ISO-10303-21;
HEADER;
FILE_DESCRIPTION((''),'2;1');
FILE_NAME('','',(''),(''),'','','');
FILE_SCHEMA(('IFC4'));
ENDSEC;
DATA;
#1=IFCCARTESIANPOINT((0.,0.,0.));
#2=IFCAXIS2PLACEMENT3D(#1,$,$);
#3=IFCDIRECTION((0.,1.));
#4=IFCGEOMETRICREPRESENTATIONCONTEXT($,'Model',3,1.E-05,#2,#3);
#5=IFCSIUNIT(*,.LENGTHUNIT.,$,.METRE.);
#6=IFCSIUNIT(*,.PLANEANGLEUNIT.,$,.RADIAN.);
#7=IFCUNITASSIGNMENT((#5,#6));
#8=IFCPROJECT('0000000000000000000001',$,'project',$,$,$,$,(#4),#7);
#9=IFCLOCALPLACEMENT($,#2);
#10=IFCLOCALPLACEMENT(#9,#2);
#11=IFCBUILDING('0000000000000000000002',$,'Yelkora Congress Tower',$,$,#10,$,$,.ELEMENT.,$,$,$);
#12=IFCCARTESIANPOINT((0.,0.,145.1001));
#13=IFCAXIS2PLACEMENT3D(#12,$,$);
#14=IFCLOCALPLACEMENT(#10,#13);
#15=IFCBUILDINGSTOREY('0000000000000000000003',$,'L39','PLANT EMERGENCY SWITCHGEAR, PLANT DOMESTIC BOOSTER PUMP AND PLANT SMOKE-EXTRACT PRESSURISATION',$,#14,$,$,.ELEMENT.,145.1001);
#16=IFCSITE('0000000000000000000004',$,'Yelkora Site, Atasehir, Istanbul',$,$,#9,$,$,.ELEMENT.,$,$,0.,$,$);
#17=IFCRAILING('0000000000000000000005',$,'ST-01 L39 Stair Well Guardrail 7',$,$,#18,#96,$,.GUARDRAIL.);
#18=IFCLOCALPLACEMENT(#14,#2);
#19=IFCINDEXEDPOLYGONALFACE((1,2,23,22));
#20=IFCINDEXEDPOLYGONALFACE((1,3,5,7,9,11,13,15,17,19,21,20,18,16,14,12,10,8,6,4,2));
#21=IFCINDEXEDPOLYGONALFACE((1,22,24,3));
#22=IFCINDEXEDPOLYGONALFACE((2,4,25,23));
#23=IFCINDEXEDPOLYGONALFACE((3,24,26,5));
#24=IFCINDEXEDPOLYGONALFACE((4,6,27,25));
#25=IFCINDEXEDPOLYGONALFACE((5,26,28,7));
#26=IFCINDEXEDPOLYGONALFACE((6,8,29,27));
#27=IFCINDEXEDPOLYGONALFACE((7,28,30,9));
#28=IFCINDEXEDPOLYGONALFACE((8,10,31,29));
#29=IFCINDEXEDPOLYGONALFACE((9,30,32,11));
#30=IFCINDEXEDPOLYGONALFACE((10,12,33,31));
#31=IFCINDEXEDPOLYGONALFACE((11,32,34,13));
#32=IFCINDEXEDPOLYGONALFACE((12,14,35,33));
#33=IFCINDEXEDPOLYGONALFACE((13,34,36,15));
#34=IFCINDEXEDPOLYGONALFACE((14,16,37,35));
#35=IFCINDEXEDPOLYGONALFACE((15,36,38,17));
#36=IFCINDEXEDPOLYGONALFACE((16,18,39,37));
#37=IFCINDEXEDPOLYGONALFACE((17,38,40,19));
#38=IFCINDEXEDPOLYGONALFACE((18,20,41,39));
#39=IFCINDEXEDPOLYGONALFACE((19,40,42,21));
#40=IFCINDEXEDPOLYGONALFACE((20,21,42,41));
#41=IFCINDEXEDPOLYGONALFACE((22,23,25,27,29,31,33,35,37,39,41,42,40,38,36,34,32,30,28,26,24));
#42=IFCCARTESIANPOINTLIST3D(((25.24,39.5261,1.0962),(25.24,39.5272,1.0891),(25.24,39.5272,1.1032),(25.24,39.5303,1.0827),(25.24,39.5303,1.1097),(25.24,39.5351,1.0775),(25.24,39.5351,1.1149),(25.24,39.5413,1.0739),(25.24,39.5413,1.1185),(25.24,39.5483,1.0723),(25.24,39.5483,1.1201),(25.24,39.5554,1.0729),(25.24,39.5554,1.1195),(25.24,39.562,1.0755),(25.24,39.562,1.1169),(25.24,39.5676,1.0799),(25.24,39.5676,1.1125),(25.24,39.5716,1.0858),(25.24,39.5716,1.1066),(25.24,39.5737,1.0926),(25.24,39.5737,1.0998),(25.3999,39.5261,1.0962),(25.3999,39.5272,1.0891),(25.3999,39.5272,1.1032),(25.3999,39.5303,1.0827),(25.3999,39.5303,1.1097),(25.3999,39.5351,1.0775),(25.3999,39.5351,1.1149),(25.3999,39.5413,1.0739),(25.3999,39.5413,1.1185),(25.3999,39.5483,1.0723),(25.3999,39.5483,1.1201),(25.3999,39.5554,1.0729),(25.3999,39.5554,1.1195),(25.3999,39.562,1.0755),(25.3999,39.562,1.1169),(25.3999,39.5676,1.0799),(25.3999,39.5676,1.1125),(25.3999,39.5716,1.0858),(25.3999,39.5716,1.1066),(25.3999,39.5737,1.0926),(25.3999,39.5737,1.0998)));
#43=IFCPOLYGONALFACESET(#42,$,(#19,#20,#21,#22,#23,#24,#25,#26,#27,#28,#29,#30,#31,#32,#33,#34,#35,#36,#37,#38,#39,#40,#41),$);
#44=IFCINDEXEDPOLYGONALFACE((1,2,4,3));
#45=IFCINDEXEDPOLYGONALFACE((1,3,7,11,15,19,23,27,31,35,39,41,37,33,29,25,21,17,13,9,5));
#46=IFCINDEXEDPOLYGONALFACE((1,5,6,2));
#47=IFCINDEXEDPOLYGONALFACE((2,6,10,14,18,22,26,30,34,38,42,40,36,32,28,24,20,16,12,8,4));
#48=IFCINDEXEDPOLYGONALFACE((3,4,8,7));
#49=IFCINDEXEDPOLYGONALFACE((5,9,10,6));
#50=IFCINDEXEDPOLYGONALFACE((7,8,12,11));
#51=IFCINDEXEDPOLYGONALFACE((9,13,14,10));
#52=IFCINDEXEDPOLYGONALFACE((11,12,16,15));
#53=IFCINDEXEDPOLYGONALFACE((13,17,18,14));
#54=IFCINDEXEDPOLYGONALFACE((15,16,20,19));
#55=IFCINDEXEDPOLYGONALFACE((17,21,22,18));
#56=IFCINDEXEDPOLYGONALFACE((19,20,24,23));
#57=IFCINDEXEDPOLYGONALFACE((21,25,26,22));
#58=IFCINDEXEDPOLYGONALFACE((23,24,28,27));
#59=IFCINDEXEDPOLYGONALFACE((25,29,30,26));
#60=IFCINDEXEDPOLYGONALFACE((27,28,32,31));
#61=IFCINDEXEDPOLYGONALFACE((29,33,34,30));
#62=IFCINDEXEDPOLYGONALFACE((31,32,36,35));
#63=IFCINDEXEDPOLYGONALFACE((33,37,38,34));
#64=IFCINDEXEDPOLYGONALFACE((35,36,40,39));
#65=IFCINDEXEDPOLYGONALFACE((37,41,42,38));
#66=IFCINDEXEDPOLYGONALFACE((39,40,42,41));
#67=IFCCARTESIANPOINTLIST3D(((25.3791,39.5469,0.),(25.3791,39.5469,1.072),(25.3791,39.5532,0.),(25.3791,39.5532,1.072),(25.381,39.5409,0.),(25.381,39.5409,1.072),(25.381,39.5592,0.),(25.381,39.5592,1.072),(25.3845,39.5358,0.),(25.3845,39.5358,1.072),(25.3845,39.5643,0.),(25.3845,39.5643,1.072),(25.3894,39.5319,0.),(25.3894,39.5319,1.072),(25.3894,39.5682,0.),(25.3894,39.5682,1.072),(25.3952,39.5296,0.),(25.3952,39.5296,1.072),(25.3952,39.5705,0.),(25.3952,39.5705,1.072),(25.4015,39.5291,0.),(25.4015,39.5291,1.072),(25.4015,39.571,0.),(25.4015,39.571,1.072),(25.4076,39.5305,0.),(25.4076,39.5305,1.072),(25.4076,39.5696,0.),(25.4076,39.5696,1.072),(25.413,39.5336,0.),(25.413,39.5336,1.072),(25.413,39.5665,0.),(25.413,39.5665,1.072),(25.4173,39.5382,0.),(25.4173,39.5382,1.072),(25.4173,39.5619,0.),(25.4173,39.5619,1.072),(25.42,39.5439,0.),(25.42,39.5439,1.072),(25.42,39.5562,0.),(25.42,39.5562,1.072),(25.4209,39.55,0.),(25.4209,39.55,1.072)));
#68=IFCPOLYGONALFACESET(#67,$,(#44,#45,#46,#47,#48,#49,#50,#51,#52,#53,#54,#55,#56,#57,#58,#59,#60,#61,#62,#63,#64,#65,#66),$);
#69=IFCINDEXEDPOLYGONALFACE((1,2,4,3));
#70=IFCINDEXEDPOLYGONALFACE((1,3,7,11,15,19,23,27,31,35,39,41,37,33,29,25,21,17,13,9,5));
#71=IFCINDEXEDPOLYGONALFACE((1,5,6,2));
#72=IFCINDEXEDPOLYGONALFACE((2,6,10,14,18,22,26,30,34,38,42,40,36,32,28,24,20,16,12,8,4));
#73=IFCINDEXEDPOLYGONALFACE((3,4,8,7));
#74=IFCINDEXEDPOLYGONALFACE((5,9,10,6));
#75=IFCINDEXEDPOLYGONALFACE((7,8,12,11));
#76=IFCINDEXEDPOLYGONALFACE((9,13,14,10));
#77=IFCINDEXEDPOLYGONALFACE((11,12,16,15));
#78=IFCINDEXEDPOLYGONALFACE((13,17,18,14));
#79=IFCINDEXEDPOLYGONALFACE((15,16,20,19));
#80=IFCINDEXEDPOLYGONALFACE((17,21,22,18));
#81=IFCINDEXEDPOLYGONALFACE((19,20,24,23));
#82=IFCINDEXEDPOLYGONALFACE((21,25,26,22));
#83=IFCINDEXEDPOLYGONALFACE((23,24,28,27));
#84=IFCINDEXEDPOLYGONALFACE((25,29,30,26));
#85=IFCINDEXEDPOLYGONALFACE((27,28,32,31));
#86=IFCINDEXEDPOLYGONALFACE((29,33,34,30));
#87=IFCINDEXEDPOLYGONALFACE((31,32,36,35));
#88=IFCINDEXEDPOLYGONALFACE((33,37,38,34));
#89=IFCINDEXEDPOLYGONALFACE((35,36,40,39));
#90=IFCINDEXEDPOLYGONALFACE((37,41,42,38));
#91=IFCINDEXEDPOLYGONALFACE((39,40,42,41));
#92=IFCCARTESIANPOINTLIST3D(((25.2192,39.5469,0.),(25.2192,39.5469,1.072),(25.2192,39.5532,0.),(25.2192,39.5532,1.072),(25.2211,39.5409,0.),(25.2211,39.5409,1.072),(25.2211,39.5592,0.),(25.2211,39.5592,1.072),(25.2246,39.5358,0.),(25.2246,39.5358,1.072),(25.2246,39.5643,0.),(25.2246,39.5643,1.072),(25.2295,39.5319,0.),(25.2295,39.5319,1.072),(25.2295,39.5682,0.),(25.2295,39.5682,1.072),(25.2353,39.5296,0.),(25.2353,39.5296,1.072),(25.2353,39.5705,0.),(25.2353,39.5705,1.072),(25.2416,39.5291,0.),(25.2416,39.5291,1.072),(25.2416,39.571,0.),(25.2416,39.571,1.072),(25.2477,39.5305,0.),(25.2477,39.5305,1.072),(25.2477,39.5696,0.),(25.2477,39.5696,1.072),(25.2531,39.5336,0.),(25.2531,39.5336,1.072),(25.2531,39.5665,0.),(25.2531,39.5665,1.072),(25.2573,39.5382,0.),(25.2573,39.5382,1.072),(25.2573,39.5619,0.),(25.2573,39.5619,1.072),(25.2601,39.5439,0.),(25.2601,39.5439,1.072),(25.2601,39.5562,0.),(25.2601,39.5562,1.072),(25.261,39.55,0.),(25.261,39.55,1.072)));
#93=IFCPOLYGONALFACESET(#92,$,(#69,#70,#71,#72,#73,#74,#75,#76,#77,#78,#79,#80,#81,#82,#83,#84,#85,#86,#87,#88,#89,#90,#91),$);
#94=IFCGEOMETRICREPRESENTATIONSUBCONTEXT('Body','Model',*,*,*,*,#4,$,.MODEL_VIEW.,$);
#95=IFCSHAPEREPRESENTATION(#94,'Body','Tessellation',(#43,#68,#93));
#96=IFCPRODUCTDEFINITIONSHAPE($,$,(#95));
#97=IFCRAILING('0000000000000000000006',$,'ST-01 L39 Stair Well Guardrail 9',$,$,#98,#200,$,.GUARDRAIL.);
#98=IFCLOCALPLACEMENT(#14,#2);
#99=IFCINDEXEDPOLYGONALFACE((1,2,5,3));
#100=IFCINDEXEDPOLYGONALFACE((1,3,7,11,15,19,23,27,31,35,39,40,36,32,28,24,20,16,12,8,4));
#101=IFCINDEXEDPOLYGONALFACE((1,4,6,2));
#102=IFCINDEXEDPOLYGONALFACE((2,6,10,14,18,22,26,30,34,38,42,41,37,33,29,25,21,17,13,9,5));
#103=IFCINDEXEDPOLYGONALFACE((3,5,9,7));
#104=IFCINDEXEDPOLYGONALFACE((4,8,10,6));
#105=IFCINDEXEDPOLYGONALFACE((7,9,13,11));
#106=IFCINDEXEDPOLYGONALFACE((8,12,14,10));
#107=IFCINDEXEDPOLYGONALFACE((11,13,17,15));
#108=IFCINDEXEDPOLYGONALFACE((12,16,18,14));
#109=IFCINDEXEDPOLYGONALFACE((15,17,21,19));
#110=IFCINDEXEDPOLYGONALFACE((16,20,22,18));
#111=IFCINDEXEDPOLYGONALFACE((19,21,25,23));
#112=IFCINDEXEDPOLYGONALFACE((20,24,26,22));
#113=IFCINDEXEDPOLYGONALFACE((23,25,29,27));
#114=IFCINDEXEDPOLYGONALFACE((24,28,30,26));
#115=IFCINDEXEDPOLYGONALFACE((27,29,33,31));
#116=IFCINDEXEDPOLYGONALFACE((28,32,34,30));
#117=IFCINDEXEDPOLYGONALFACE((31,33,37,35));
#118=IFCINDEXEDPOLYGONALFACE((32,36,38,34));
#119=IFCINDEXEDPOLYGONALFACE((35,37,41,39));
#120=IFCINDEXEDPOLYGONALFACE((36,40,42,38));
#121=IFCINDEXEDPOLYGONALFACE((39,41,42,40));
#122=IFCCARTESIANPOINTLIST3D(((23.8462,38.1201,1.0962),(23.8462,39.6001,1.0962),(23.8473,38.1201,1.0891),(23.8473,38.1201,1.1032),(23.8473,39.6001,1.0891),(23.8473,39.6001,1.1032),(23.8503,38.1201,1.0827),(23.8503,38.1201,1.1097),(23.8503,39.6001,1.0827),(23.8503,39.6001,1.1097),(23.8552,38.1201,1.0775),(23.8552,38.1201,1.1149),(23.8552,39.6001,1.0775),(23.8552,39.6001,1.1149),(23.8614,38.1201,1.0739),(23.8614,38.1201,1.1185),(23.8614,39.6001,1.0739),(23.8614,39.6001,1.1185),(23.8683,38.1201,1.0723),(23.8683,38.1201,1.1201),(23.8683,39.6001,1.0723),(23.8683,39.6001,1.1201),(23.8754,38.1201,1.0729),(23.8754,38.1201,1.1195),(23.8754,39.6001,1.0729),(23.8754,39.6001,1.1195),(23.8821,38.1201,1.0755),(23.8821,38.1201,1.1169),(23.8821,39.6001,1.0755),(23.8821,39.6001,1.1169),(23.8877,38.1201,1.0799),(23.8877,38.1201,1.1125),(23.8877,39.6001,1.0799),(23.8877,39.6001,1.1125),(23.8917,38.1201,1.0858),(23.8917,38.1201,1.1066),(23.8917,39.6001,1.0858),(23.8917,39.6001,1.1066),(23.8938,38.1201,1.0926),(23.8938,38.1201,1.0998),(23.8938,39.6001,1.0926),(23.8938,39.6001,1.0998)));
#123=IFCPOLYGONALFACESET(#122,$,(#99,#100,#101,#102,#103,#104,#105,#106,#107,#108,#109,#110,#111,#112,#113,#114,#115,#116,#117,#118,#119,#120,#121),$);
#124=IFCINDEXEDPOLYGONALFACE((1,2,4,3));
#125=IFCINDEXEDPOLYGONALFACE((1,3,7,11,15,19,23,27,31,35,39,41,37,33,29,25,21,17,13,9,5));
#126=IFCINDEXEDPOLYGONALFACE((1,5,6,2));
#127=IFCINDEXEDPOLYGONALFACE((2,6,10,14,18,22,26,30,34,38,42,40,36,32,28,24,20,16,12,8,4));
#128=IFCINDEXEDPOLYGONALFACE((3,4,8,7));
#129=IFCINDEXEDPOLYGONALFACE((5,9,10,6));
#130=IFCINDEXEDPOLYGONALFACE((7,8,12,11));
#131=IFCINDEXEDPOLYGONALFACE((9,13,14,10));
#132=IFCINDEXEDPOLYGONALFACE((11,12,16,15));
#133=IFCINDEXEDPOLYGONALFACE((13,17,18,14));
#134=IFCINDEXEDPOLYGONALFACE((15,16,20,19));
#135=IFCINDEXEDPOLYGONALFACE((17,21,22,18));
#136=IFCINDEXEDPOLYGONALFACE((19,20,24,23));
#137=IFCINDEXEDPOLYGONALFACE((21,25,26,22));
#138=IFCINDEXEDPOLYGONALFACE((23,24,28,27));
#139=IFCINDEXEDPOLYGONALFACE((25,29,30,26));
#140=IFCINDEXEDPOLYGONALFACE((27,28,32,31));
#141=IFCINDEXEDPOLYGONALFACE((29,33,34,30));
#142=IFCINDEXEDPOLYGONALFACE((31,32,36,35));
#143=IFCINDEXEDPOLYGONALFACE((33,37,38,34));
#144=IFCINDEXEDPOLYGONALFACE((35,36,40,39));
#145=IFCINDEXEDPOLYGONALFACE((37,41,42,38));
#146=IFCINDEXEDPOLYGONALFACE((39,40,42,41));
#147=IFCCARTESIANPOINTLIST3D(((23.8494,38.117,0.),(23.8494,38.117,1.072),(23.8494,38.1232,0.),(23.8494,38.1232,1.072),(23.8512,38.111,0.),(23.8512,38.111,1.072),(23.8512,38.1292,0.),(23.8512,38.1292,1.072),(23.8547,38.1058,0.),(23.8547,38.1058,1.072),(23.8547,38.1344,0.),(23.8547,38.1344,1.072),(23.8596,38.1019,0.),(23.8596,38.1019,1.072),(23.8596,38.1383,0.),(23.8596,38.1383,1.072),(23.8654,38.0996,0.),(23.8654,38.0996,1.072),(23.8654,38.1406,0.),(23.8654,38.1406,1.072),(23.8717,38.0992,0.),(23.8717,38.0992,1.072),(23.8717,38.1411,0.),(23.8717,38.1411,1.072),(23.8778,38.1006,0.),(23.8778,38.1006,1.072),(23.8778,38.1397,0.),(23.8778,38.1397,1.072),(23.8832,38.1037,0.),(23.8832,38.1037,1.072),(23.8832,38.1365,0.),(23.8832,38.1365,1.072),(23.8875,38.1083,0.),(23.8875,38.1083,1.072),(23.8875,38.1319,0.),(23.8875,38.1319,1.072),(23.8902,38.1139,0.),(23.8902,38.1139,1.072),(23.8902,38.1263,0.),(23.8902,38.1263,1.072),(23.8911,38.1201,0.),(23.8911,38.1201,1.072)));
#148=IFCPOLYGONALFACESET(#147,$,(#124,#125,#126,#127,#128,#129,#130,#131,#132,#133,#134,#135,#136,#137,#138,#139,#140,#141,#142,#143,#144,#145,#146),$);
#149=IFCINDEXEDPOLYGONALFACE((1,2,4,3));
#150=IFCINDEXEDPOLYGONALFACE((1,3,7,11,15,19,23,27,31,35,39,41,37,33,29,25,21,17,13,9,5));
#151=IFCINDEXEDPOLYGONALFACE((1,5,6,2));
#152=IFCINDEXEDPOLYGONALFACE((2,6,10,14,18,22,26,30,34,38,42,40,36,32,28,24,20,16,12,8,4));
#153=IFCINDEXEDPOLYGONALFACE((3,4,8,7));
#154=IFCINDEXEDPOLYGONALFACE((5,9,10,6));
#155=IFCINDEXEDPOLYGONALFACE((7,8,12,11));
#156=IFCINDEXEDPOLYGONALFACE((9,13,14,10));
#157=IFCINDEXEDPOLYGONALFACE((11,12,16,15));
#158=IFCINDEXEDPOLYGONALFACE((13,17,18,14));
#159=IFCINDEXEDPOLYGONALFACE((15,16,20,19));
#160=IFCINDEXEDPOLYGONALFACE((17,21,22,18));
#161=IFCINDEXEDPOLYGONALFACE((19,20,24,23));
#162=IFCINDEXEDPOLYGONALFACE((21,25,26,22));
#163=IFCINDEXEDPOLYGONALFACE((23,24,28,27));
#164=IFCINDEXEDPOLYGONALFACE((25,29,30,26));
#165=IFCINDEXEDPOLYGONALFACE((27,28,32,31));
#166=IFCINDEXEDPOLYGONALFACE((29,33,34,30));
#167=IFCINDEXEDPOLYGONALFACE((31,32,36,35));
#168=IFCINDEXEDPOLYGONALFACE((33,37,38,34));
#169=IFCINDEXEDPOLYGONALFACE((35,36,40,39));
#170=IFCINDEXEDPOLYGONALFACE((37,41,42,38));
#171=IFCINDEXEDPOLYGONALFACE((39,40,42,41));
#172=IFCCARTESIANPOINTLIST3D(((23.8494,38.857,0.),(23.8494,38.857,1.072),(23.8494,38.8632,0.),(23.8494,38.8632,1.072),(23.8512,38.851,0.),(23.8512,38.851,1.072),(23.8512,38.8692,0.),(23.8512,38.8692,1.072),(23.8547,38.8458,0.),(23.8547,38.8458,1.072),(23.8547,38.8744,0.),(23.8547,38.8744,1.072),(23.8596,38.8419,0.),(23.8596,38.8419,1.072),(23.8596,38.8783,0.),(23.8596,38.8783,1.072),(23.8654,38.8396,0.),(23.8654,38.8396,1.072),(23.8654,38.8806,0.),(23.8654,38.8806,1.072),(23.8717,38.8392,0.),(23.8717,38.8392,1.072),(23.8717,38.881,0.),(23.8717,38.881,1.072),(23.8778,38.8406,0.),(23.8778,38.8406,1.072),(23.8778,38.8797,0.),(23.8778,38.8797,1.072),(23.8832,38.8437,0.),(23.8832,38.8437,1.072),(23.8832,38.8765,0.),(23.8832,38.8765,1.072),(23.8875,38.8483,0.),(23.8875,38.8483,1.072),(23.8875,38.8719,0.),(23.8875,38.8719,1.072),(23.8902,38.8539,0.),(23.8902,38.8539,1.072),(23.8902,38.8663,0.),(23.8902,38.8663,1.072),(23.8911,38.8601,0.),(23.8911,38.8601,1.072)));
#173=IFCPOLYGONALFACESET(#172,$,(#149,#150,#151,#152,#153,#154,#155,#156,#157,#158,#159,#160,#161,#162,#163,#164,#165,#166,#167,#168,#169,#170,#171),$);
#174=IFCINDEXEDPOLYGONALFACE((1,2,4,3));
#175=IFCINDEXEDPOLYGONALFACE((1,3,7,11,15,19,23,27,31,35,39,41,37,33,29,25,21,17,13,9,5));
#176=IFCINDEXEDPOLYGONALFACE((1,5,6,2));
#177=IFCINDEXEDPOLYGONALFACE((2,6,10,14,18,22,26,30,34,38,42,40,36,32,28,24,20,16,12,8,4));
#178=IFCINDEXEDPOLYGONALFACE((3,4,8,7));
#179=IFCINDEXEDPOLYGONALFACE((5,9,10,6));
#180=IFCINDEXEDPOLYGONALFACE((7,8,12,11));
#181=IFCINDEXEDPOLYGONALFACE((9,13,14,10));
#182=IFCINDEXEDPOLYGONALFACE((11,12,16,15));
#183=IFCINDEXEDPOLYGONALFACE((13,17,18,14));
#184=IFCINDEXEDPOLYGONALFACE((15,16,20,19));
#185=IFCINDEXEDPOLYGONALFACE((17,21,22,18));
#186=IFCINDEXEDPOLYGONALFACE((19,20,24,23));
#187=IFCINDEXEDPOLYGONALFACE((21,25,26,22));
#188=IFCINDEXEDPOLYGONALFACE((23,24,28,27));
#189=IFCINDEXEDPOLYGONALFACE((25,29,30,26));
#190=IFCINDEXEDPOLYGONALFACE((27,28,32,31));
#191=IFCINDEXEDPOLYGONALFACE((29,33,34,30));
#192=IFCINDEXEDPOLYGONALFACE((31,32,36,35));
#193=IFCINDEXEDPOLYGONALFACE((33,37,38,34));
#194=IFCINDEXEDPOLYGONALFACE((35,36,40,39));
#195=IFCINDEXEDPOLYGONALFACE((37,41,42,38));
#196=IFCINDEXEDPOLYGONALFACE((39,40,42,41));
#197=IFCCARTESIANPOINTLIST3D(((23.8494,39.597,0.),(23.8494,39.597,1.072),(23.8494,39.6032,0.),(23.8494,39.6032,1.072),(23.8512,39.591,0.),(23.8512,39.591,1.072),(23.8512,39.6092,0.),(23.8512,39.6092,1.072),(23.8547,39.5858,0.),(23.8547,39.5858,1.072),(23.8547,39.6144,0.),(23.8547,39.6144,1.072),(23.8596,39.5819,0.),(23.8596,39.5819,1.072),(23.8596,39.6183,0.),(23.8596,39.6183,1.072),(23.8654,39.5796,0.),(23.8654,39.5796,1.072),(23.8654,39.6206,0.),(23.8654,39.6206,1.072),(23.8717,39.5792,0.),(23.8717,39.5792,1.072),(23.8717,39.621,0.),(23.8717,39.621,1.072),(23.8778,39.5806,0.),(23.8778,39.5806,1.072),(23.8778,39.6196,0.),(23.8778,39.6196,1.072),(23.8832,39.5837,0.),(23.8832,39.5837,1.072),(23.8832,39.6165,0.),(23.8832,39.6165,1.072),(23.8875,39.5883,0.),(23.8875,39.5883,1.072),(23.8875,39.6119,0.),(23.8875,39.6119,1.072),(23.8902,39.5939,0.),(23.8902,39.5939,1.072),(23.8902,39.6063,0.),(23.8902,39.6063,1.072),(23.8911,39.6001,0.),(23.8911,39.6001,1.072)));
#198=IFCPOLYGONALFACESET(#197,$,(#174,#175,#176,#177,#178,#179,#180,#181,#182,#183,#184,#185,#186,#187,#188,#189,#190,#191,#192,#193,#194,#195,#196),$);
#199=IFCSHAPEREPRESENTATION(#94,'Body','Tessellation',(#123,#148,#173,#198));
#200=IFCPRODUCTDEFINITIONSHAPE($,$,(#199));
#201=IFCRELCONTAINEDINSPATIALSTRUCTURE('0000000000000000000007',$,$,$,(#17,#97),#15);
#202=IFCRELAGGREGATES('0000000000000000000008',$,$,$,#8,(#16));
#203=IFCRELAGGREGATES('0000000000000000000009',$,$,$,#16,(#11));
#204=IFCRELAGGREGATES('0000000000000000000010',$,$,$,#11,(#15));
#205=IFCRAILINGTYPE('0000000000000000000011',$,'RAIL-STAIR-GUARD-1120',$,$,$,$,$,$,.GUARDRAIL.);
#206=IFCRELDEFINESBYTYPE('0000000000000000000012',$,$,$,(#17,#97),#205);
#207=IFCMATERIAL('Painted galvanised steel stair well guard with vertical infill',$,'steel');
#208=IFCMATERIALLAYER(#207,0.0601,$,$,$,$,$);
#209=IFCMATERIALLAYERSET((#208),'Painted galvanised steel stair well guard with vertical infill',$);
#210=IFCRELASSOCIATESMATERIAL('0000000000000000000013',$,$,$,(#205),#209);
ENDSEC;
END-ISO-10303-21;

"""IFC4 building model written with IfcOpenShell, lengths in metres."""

from ifc_helpers import new_model, si_unit, direction, frame, origin, origin_2d, place, context, subcontext, project, spatial, circle, extrude, material, layer, layer_set, type_object, element, save


model = new_model("IFC4")

# Units and contexts
model_context = context("Model", 3, precision=1e-05, world=origin(), true_north=direction((0.0, 1.0)))
body_context = subcontext(model_context, "Body", "Model", "MODEL_VIEW")
ifc_project = project(units=[si_unit("LENGTHUNIT", "METRE"), si_unit("PLANEANGLEUNIT", "RADIAN")], contexts=[model_context])

# Site, building, storey
site_placement = place(None, origin())
site = spatial("IfcSite", under=ifc_project, at=site_placement, Name="Yelkora Site, Atasehir, Istanbul", CompositionType="ELEMENT", RefElevation=0.0)
building_placement = place(site_placement, origin())
building = spatial("IfcBuilding", under=site, at=building_placement, Name="Yelkora Congress Tower", CompositionType="ELEMENT")
storey_placement = place(building_placement, frame((0.0, 0.0, 145.1001)))
storey = spatial("IfcBuildingStorey", under=building, at=storey_placement, Name="L39", Description="PLANT EMERGENCY SWITCHGEAR, PLANT DOMESTIC BOOSTER PUMP AND PLANT SMOKE-EXTRACT PRESSURISATION", CompositionType="ELEMENT", Elevation=145.1001)

# Railings
ifc_material_1 = material(Name="Painted galvanised steel stair well guard with vertical infill", Category="steel")
ifc_layer_1 = layer(ifc_material_1, 0.0601)
ifc_layer_set_1 = layer_set([ifc_layer_1], Name="Painted galvanised steel stair well guard with vertical infill")
railing_type_1 = type_object("IfcRailingType", Name="RAIL-STAIR-GUARD-1120", PredefinedType="GUARDRAIL", material=ifc_layer_set_1)
railing_1_placement = place(storey_placement, frame((25.3999, 39.55, 0.0)))
element("IfcRailing", 1, at=railing_1_placement, inside=storey, type_object=railing_type_1, Name="ST-01 L39 Stair Well Guardrail 7", PredefinedType="GUARDRAIL", context=body_context, shape_type="SweptSolid", body=[
    extrude(circle(Radius=0.0239, at=origin_2d()), frame((0.0, 0.0, 1.0962), z_axis=(-1.0, 0.0, 0.0), x_axis=(0.0, -1.0, 0.0)), (0.0, 0.0, 1.0), 0.1599),
    extrude(circle(Radius=0.021, at=origin_2d()), origin(), (0.0, 0.0, 1.0), 1.072),
    extrude(circle(Radius=0.021, at=origin_2d()), frame((-0.1599, 0.0, 0.0)), (0.0, 0.0, 1.0), 1.072),
])
railing_2_placement = place(storey_placement, frame((23.8701, 38.1201, 0.0)))
element("IfcRailing", 2, at=railing_2_placement, inside=storey, type_object=railing_type_1, Name="ST-01 L39 Stair Well Guardrail 9", PredefinedType="GUARDRAIL", context=body_context, shape_type="SweptSolid", body=[
    extrude(circle(Radius=0.0239, at=origin_2d()), frame((0.0, 0.0, 1.0962), z_axis=(0.0, 1.0, 0.0), x_axis=(-1.0, 0.0, 0.0)), (0.0, 0.0, 1.0), 1.48),
    extrude(circle(Radius=0.021, at=origin_2d()), origin(), (0.0, 0.0, 1.0), 1.072),
    extrude(circle(Radius=0.021, at=origin_2d()), frame((0.0, 0.74, 0.0)), (0.0, 0.0, 1.0), 1.072),
    extrude(circle(Radius=0.021, at=origin_2d()), frame((0.0, 1.48, 0.0)), (0.0, 0.0, 1.0), 1.072),
])

save(model, "model.ifc")
